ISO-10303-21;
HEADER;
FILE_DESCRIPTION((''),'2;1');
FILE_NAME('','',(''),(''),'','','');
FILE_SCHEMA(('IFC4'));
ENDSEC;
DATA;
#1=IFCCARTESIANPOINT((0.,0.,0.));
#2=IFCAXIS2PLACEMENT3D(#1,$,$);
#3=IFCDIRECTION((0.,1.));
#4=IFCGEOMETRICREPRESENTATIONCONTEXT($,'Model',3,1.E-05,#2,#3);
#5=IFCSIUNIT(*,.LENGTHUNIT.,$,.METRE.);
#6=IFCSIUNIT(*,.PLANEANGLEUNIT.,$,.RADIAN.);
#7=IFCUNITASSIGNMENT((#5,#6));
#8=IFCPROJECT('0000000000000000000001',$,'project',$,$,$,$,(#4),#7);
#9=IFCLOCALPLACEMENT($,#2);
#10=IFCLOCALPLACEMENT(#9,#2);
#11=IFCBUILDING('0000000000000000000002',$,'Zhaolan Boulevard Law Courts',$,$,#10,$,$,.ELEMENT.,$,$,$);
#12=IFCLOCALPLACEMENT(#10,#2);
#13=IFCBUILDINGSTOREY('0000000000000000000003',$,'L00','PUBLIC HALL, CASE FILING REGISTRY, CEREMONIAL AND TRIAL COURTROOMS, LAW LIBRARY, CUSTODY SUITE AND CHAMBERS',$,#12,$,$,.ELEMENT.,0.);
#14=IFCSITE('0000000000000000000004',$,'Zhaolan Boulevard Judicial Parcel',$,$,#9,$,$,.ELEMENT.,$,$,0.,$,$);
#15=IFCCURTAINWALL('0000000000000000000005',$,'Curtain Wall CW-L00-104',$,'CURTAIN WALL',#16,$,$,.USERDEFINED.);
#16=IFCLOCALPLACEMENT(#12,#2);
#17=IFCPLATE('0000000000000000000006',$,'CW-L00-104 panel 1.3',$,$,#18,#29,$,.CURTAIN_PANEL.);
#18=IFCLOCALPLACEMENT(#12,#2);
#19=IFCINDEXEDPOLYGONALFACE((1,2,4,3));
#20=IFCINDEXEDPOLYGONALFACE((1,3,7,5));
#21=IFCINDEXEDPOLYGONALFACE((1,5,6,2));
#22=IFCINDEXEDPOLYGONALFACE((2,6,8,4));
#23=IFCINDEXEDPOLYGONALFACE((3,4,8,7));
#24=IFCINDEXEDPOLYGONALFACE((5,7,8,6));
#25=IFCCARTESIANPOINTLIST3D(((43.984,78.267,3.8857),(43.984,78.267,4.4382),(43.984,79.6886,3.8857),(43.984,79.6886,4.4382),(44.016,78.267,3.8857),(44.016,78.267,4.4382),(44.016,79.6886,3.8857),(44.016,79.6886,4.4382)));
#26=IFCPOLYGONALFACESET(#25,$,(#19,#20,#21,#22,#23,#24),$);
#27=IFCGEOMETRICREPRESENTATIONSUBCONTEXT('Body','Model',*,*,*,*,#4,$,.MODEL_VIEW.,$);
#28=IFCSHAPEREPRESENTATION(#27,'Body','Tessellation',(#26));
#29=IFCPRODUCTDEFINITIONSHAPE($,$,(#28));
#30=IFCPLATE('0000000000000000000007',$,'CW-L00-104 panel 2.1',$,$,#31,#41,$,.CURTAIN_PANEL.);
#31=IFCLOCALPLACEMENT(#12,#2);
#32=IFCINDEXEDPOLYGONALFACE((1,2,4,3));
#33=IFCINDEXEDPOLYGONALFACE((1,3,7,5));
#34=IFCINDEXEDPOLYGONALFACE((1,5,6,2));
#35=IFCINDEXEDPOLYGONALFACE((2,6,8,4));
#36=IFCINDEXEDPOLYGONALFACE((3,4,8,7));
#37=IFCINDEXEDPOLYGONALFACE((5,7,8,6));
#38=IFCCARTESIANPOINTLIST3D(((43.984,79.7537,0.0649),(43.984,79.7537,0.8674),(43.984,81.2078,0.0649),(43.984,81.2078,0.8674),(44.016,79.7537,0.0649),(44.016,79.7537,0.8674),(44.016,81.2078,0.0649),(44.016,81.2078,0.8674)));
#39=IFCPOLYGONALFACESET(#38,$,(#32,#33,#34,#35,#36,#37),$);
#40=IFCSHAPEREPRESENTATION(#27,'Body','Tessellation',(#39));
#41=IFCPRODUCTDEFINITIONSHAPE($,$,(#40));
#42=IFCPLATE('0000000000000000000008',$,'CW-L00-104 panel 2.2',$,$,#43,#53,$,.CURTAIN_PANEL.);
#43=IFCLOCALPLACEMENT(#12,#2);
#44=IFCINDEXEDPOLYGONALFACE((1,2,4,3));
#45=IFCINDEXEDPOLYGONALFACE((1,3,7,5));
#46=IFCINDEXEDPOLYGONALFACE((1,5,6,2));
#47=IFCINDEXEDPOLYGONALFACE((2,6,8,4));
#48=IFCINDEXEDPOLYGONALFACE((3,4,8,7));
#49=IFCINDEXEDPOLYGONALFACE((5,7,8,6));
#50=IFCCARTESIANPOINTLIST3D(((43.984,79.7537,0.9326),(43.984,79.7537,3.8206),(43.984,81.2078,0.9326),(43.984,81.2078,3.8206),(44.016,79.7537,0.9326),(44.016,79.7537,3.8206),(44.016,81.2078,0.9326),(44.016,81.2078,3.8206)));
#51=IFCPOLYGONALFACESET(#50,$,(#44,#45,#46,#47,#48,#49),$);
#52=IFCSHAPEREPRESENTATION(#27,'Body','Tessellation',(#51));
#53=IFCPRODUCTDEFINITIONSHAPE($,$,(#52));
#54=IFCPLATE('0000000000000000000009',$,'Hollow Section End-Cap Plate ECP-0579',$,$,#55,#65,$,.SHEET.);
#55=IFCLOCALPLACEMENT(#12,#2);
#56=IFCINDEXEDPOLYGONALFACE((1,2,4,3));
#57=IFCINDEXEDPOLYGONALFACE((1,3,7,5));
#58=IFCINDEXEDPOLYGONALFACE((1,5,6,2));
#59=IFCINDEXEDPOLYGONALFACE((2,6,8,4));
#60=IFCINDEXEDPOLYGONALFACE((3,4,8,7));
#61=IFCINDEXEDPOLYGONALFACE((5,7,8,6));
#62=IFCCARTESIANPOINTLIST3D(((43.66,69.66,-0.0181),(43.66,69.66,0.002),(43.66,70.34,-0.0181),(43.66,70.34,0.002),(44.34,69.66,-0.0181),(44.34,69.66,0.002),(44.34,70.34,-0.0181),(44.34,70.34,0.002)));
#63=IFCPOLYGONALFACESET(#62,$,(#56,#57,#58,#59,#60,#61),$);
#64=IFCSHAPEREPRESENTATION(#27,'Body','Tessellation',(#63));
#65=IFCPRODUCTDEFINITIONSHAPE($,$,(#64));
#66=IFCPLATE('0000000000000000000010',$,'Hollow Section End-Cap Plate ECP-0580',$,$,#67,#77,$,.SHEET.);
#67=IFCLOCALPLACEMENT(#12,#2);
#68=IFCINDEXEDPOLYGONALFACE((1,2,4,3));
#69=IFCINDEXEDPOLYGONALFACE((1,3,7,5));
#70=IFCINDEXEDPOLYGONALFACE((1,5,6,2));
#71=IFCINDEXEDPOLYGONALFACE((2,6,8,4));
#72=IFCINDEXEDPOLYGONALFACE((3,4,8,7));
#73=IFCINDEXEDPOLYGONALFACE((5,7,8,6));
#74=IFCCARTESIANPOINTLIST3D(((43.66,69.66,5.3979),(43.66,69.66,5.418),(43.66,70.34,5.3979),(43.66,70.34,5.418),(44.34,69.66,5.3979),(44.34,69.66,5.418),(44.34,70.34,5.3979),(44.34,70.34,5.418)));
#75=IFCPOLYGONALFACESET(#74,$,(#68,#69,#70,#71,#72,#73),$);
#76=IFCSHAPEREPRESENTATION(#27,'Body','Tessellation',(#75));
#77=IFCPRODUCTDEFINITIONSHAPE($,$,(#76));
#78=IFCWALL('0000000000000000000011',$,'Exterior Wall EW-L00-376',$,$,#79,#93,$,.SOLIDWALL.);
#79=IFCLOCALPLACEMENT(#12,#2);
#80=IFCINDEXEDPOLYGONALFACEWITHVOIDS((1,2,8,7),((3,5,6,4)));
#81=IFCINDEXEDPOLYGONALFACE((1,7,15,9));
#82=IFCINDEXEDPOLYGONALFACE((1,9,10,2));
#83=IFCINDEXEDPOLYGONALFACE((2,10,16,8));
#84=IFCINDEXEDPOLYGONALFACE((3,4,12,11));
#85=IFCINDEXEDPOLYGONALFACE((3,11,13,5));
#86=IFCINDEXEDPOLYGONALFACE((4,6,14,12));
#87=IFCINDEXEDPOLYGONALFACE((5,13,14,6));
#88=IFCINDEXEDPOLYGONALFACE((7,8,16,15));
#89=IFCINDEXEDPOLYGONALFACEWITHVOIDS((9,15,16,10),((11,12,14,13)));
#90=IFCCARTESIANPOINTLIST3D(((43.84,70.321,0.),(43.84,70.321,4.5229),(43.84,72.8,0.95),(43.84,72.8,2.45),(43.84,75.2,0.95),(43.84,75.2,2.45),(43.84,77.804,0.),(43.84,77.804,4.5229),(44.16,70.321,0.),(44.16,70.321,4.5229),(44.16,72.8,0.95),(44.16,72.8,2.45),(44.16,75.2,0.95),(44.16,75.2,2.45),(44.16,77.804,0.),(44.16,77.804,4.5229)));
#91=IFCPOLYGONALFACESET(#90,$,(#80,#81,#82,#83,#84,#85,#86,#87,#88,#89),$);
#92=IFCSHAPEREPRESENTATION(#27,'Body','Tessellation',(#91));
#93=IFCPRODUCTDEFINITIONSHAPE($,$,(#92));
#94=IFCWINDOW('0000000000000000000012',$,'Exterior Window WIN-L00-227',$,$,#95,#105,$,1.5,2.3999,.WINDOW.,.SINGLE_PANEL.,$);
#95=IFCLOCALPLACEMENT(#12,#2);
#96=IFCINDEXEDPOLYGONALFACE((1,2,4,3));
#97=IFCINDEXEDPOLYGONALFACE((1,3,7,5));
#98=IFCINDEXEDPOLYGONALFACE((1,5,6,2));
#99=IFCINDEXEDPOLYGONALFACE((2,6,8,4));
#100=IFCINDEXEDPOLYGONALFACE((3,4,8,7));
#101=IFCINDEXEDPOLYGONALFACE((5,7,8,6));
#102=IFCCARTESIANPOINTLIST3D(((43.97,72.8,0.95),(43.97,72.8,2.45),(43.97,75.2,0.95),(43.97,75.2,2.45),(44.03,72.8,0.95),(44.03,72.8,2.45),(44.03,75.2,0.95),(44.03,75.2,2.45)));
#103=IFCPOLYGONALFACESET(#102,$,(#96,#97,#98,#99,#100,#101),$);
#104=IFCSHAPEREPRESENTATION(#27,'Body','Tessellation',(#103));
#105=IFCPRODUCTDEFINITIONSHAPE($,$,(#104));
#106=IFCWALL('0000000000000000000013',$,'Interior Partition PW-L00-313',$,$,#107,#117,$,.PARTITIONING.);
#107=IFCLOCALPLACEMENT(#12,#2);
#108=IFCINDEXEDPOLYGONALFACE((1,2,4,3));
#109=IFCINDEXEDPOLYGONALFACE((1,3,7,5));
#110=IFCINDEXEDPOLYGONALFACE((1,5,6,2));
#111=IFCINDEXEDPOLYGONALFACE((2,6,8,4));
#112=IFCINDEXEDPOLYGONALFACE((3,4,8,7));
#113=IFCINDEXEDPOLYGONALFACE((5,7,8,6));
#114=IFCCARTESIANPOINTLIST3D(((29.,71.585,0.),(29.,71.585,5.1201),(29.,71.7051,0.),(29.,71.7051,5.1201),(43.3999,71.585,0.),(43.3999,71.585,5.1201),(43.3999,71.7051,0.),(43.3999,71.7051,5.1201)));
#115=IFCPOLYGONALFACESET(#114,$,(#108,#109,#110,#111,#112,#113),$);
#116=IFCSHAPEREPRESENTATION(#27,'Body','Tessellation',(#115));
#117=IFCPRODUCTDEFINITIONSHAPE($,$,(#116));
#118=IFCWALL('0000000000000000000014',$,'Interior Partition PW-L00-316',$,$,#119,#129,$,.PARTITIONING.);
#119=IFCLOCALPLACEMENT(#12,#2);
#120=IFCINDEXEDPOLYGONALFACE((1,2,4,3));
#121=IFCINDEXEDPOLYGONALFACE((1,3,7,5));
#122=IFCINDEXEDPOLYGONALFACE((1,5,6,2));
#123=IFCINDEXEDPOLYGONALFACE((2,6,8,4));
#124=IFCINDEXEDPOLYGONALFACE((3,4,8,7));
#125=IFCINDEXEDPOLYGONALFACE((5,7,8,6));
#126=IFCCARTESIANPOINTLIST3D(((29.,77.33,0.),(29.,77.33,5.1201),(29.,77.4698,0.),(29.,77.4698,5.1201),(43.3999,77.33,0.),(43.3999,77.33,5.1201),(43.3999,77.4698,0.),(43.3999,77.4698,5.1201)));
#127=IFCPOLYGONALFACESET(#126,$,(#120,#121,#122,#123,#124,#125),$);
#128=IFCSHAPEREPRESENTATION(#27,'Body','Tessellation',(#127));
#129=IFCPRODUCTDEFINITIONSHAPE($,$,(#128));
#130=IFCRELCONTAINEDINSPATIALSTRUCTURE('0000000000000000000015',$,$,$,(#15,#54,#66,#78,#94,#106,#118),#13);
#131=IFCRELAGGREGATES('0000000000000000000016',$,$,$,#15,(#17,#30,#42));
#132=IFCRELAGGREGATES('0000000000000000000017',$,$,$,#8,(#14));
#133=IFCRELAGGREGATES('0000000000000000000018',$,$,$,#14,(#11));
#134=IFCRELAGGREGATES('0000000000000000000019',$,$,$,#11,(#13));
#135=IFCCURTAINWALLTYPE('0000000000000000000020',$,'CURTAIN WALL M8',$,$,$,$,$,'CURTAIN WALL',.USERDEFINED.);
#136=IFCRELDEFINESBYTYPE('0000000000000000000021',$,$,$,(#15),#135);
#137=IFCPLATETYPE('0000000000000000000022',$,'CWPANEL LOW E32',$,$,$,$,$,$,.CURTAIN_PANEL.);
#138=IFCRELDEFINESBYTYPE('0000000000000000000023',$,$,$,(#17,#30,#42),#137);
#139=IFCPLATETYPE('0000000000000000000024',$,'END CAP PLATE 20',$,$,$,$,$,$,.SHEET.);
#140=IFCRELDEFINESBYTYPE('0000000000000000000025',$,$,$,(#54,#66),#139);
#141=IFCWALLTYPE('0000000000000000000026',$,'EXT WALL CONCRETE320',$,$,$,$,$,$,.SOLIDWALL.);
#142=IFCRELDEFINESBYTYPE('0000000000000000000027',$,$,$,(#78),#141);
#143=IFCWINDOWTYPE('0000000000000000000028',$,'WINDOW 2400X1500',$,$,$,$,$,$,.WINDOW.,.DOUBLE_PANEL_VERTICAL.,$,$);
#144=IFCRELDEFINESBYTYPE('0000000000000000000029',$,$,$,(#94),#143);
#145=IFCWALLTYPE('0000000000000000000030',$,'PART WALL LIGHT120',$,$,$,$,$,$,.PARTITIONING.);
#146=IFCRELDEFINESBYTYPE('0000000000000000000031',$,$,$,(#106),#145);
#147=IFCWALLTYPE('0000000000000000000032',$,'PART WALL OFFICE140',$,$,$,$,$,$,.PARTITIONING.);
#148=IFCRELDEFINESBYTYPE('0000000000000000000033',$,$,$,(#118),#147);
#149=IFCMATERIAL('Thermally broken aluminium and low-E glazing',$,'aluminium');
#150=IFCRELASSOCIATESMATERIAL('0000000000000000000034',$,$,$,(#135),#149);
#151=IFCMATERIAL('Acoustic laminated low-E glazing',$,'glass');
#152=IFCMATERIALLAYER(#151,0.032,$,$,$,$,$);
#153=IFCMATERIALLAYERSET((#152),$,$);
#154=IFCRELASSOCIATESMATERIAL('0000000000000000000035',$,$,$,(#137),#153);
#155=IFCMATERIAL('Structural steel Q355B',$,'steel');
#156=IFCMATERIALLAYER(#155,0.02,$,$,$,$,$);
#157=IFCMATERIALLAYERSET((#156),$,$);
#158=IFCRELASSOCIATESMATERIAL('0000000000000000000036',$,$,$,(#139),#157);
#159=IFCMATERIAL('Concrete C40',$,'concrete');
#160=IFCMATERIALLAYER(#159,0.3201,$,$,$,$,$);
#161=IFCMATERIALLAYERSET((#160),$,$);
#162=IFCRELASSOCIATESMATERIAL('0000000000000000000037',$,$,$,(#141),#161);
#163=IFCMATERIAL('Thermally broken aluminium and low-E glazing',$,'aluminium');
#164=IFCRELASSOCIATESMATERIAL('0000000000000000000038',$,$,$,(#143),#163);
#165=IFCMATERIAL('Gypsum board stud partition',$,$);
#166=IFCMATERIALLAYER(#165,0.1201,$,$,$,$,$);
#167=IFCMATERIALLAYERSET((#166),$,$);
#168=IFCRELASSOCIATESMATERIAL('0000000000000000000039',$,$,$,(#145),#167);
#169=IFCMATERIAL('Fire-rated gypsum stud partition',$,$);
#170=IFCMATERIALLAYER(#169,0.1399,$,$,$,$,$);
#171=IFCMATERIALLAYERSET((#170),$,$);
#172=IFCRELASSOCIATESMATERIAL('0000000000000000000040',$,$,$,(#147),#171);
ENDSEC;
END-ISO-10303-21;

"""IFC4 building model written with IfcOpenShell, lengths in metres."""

from ifc_helpers import new_model, si_unit, direction, frame, frame_2d, origin, origin_2d, place, context, subcontext, project, spatial, rectangle, extrude, material, layer, layer_set, type_object, element, fill, aggregate, save


model = new_model("IFC4")

# Units and contexts
model_context = context("Model", 3, precision=1e-05, world=origin(), true_north=direction((0.0, 1.0)))
body_context = subcontext(model_context, "Body", "Model", "MODEL_VIEW")
ifc_project = project(units=[si_unit("LENGTHUNIT", "METRE"), si_unit("PLANEANGLEUNIT", "RADIAN")], contexts=[model_context])

# Site, building, storey
site_placement = place(None, origin())
site = spatial("IfcSite", under=ifc_project, at=site_placement, Name="Zhaolan Boulevard Judicial Parcel", CompositionType="ELEMENT", RefElevation=0.0)
building_placement = place(site_placement, origin())
building = spatial("IfcBuilding", under=site, at=building_placement, Name="Zhaolan Boulevard Law Courts", CompositionType="ELEMENT")
storey_placement = place(building_placement, origin())
storey = spatial("IfcBuildingStorey", under=building, at=storey_placement, Name="L00", Description="PUBLIC HALL, CASE FILING REGISTRY, CEREMONIAL AND TRIAL COURTROOMS, LAW LIBRARY, CUSTODY SUITE AND CHAMBERS", CompositionType="ELEMENT", Elevation=0.0)

# Curtain wall
ifc_material_1 = material(Name="Thermally broken aluminium and low-E glazing", Category="aluminium")
curtain_wall_type = type_object("IfcCurtainWallType", Name="CURTAIN WALL M8", ElementType="CURTAIN WALL", PredefinedType="USERDEFINED", material=ifc_material_1)
curtain_wall_placement = place(storey_placement, origin())
curtain_wall = element("IfcCurtainWall", 1, at=curtain_wall_placement, inside=storey, type_object=curtain_wall_type, Name="Curtain Wall CW-L00-104", ObjectType="CURTAIN WALL", PredefinedType="USERDEFINED")

# Plates
ifc_material_2 = material(Name="Acoustic laminated low-E glazing", Category="glass")
ifc_layer_1 = layer(ifc_material_2, 0.032)
ifc_layer_set_1 = layer_set([ifc_layer_1])
plate_type_1 = type_object("IfcPlateType", Name="CWPANEL LOW E32", PredefinedType="CURTAIN_PANEL", material=ifc_layer_set_1)
plate_1_placement = place(storey_placement, frame((44.0, 78.9778, 3.8857), z_axis=(0.0, 0.0, 1.0), x_axis=(0.0, 1.0, 0.0)))
plate_1 = element("IfcPlate", 2, at=plate_1_placement, type_object=plate_type_1, Name="CW-L00-104 panel 1.3", PredefinedType="CURTAIN_PANEL", context=body_context, shape_type="SweptSolid", body=[
    extrude(rectangle(XDim=1.4216, YDim=0.032, at=origin_2d()), origin(), (0.0, 0.0, 1.0), 0.5525),
])
plate_2_placement = place(storey_placement, frame((44.0, 80.4807, 0.0649), z_axis=(0.0, 0.0, 1.0), x_axis=(0.0, 1.0, 0.0)))
plate_2 = element("IfcPlate", 3, at=plate_2_placement, type_object=plate_type_1, Name="CW-L00-104 panel 2.1", PredefinedType="CURTAIN_PANEL", context=body_context, shape_type="SweptSolid", body=[
    extrude(rectangle(XDim=1.4541, YDim=0.032, at=origin_2d()), origin(), (0.0, 0.0, 1.0), 0.8025),
])
plate_3_placement = place(storey_placement, frame((44.0, 80.4807, 0.9326), z_axis=(0.0, 0.0, 1.0), x_axis=(0.0, 1.0, 0.0)))
plate_3 = element("IfcPlate", 4, at=plate_3_placement, type_object=plate_type_1, Name="CW-L00-104 panel 2.2", PredefinedType="CURTAIN_PANEL", context=body_context, shape_type="SweptSolid", body=[
    extrude(rectangle(XDim=1.4541, YDim=0.032, at=origin_2d()), origin(), (0.0, 0.0, 1.0), 2.8879),
])
aggregate(curtain_wall, [plate_1, plate_2, plate_3])

# Plates
ifc_material_3 = material(Name="Structural steel Q355B", Category="steel")
ifc_layer_2 = layer(ifc_material_3, 0.02)
ifc_layer_set_2 = layer_set([ifc_layer_2])
plate_type_2 = type_object("IfcPlateType", Name="END CAP PLATE 20", PredefinedType="SHEET", material=ifc_layer_set_2)
for number, where, z_axis, x_axis, name in (
    (5, (44.0, 70.0, -0.0181), (0.0, 0.0, 1.0), (1.0, 0.0, 0.0), "Hollow Section End-Cap Plate ECP-0579"),
    (6, (44.0, 70.0, 5.3979), (0.0, 0.0, 1.0), (1.0, 0.0, 0.0), "Hollow Section End-Cap Plate ECP-0580"),
):
    element("IfcPlate", number, at=place(storey_placement, frame(where, z_axis=z_axis, x_axis=x_axis)), inside=storey, type_object=plate_type_2, Name=name, PredefinedType="SHEET", context=body_context, shape_type="SweptSolid", body=[
        extrude(rectangle(XDim=0.6799, YDim=0.6799, at=origin_2d()), origin(), (0.0, 0.0, 1.0), 0.02),
    ])

# Wall, opening, window
ifc_material_4 = material(Name="Concrete C40", Category="concrete")
ifc_layer_3 = layer(ifc_material_4, 0.3201)
ifc_layer_set_3 = layer_set([ifc_layer_3])
wall_type_1 = type_object("IfcWallType", Name="EXT WALL CONCRETE320", PredefinedType="SOLIDWALL", material=ifc_layer_set_3)
wall_1_placement = place(storey_placement, frame((44.0, 70.321, 0.0), z_axis=(0.0, 0.0, 1.0), x_axis=(0.0, 1.0, 0.0)))
wall_1 = element("IfcWall", 7, at=wall_1_placement, inside=storey, type_object=wall_type_1, Name="Exterior Wall EW-L00-376", PredefinedType="SOLIDWALL", context=body_context, shape_type="SweptSolid", body=[
    extrude(rectangle(XDim=7.4829, YDim=0.3201, at=frame_2d((3.7415, 0.0))), origin(), (0.0, 0.0, 1.0), 4.5229),
])
opening_placement = place(wall_1_placement, frame((2.479, 0.0, 0.95)))
opening = element("IfcOpeningElement", 8, at=opening_placement, cuts=wall_1, PredefinedType="OPENING", context=body_context, shape_type="SweptSolid", body=[
    extrude(rectangle(XDim=2.3999, YDim=1.5, at=frame_2d((1.2, 0.75))), frame((0.0, 0.1699, 0.0), z_axis=(0.0, -1.0, 0.0), x_axis=(1.0, 0.0, 0.0)), (0.0, 0.0, 1.0), 0.3401),
])
ifc_material_5 = material(Name="Thermally broken aluminium and low-E glazing", Category="aluminium")
window_type = type_object("IfcWindowType", Name="WINDOW 2400X1500", PartitioningType="DOUBLE_PANEL_VERTICAL", PredefinedType="WINDOW", material=ifc_material_5)
window_placement = place(opening_placement, origin())
window = element("IfcWindow", 9, at=window_placement, inside=storey, type_object=window_type, Name="Exterior Window WIN-L00-227", OverallHeight=1.5, OverallWidth=2.3999, PartitioningType="SINGLE_PANEL", PredefinedType="WINDOW", context=body_context, shape_type="SweptSolid", body=[
    extrude(rectangle(XDim=2.3999, YDim=1.5, at=frame_2d((1.2, 0.75))), frame((0.0, 0.03, 0.0), z_axis=(0.0, -1.0, 0.0), x_axis=(1.0, 0.0, 0.0)), (0.0, 0.0, 1.0), 0.0601),
])
fill(opening, window)

# Walls
ifc_material_6 = material(Name="Gypsum board stud partition")
ifc_layer_4 = layer(ifc_material_6, 0.1201)
ifc_layer_set_4 = layer_set([ifc_layer_4])
wall_type_2 = type_object("IfcWallType", Name="PART WALL LIGHT120", PredefinedType="PARTITIONING", material=ifc_layer_set_4)
wall_2_placement = place(storey_placement, frame((43.3999, 71.645, 0.0), z_axis=(0.0, 0.0, 1.0), x_axis=(-1.0, 0.0, 0.0)))
element("IfcWall", 10, at=wall_2_placement, inside=storey, type_object=wall_type_2, Name="Interior Partition PW-L00-313", PredefinedType="PARTITIONING", context=body_context, shape_type="SweptSolid", body=[
    extrude(rectangle(XDim=14.3999, YDim=0.1201, at=frame_2d((7.2, 0.0))), origin(), (0.0, 0.0, 1.0), 5.1201),
])
ifc_material_7 = material(Name="Fire-rated gypsum stud partition")
ifc_layer_5 = layer(ifc_material_7, 0.1399)
ifc_layer_set_5 = layer_set([ifc_layer_5])
wall_type_3 = type_object("IfcWallType", Name="PART WALL OFFICE140", PredefinedType="PARTITIONING", material=ifc_layer_set_5)
wall_3_placement = place(storey_placement, frame((43.3999, 77.3999, 0.0), z_axis=(0.0, 0.0, 1.0), x_axis=(-1.0, 0.0, 0.0)))
element("IfcWall", 11, at=wall_3_placement, inside=storey, type_object=wall_type_3, Name="Interior Partition PW-L00-316", PredefinedType="PARTITIONING", context=body_context, shape_type="SweptSolid", body=[
    extrude(rectangle(XDim=14.3999, YDim=0.1399, at=frame_2d((7.2, 0.0))), origin(), (0.0, 0.0, 1.0), 5.1201),
])

save(model, "model.ifc")
